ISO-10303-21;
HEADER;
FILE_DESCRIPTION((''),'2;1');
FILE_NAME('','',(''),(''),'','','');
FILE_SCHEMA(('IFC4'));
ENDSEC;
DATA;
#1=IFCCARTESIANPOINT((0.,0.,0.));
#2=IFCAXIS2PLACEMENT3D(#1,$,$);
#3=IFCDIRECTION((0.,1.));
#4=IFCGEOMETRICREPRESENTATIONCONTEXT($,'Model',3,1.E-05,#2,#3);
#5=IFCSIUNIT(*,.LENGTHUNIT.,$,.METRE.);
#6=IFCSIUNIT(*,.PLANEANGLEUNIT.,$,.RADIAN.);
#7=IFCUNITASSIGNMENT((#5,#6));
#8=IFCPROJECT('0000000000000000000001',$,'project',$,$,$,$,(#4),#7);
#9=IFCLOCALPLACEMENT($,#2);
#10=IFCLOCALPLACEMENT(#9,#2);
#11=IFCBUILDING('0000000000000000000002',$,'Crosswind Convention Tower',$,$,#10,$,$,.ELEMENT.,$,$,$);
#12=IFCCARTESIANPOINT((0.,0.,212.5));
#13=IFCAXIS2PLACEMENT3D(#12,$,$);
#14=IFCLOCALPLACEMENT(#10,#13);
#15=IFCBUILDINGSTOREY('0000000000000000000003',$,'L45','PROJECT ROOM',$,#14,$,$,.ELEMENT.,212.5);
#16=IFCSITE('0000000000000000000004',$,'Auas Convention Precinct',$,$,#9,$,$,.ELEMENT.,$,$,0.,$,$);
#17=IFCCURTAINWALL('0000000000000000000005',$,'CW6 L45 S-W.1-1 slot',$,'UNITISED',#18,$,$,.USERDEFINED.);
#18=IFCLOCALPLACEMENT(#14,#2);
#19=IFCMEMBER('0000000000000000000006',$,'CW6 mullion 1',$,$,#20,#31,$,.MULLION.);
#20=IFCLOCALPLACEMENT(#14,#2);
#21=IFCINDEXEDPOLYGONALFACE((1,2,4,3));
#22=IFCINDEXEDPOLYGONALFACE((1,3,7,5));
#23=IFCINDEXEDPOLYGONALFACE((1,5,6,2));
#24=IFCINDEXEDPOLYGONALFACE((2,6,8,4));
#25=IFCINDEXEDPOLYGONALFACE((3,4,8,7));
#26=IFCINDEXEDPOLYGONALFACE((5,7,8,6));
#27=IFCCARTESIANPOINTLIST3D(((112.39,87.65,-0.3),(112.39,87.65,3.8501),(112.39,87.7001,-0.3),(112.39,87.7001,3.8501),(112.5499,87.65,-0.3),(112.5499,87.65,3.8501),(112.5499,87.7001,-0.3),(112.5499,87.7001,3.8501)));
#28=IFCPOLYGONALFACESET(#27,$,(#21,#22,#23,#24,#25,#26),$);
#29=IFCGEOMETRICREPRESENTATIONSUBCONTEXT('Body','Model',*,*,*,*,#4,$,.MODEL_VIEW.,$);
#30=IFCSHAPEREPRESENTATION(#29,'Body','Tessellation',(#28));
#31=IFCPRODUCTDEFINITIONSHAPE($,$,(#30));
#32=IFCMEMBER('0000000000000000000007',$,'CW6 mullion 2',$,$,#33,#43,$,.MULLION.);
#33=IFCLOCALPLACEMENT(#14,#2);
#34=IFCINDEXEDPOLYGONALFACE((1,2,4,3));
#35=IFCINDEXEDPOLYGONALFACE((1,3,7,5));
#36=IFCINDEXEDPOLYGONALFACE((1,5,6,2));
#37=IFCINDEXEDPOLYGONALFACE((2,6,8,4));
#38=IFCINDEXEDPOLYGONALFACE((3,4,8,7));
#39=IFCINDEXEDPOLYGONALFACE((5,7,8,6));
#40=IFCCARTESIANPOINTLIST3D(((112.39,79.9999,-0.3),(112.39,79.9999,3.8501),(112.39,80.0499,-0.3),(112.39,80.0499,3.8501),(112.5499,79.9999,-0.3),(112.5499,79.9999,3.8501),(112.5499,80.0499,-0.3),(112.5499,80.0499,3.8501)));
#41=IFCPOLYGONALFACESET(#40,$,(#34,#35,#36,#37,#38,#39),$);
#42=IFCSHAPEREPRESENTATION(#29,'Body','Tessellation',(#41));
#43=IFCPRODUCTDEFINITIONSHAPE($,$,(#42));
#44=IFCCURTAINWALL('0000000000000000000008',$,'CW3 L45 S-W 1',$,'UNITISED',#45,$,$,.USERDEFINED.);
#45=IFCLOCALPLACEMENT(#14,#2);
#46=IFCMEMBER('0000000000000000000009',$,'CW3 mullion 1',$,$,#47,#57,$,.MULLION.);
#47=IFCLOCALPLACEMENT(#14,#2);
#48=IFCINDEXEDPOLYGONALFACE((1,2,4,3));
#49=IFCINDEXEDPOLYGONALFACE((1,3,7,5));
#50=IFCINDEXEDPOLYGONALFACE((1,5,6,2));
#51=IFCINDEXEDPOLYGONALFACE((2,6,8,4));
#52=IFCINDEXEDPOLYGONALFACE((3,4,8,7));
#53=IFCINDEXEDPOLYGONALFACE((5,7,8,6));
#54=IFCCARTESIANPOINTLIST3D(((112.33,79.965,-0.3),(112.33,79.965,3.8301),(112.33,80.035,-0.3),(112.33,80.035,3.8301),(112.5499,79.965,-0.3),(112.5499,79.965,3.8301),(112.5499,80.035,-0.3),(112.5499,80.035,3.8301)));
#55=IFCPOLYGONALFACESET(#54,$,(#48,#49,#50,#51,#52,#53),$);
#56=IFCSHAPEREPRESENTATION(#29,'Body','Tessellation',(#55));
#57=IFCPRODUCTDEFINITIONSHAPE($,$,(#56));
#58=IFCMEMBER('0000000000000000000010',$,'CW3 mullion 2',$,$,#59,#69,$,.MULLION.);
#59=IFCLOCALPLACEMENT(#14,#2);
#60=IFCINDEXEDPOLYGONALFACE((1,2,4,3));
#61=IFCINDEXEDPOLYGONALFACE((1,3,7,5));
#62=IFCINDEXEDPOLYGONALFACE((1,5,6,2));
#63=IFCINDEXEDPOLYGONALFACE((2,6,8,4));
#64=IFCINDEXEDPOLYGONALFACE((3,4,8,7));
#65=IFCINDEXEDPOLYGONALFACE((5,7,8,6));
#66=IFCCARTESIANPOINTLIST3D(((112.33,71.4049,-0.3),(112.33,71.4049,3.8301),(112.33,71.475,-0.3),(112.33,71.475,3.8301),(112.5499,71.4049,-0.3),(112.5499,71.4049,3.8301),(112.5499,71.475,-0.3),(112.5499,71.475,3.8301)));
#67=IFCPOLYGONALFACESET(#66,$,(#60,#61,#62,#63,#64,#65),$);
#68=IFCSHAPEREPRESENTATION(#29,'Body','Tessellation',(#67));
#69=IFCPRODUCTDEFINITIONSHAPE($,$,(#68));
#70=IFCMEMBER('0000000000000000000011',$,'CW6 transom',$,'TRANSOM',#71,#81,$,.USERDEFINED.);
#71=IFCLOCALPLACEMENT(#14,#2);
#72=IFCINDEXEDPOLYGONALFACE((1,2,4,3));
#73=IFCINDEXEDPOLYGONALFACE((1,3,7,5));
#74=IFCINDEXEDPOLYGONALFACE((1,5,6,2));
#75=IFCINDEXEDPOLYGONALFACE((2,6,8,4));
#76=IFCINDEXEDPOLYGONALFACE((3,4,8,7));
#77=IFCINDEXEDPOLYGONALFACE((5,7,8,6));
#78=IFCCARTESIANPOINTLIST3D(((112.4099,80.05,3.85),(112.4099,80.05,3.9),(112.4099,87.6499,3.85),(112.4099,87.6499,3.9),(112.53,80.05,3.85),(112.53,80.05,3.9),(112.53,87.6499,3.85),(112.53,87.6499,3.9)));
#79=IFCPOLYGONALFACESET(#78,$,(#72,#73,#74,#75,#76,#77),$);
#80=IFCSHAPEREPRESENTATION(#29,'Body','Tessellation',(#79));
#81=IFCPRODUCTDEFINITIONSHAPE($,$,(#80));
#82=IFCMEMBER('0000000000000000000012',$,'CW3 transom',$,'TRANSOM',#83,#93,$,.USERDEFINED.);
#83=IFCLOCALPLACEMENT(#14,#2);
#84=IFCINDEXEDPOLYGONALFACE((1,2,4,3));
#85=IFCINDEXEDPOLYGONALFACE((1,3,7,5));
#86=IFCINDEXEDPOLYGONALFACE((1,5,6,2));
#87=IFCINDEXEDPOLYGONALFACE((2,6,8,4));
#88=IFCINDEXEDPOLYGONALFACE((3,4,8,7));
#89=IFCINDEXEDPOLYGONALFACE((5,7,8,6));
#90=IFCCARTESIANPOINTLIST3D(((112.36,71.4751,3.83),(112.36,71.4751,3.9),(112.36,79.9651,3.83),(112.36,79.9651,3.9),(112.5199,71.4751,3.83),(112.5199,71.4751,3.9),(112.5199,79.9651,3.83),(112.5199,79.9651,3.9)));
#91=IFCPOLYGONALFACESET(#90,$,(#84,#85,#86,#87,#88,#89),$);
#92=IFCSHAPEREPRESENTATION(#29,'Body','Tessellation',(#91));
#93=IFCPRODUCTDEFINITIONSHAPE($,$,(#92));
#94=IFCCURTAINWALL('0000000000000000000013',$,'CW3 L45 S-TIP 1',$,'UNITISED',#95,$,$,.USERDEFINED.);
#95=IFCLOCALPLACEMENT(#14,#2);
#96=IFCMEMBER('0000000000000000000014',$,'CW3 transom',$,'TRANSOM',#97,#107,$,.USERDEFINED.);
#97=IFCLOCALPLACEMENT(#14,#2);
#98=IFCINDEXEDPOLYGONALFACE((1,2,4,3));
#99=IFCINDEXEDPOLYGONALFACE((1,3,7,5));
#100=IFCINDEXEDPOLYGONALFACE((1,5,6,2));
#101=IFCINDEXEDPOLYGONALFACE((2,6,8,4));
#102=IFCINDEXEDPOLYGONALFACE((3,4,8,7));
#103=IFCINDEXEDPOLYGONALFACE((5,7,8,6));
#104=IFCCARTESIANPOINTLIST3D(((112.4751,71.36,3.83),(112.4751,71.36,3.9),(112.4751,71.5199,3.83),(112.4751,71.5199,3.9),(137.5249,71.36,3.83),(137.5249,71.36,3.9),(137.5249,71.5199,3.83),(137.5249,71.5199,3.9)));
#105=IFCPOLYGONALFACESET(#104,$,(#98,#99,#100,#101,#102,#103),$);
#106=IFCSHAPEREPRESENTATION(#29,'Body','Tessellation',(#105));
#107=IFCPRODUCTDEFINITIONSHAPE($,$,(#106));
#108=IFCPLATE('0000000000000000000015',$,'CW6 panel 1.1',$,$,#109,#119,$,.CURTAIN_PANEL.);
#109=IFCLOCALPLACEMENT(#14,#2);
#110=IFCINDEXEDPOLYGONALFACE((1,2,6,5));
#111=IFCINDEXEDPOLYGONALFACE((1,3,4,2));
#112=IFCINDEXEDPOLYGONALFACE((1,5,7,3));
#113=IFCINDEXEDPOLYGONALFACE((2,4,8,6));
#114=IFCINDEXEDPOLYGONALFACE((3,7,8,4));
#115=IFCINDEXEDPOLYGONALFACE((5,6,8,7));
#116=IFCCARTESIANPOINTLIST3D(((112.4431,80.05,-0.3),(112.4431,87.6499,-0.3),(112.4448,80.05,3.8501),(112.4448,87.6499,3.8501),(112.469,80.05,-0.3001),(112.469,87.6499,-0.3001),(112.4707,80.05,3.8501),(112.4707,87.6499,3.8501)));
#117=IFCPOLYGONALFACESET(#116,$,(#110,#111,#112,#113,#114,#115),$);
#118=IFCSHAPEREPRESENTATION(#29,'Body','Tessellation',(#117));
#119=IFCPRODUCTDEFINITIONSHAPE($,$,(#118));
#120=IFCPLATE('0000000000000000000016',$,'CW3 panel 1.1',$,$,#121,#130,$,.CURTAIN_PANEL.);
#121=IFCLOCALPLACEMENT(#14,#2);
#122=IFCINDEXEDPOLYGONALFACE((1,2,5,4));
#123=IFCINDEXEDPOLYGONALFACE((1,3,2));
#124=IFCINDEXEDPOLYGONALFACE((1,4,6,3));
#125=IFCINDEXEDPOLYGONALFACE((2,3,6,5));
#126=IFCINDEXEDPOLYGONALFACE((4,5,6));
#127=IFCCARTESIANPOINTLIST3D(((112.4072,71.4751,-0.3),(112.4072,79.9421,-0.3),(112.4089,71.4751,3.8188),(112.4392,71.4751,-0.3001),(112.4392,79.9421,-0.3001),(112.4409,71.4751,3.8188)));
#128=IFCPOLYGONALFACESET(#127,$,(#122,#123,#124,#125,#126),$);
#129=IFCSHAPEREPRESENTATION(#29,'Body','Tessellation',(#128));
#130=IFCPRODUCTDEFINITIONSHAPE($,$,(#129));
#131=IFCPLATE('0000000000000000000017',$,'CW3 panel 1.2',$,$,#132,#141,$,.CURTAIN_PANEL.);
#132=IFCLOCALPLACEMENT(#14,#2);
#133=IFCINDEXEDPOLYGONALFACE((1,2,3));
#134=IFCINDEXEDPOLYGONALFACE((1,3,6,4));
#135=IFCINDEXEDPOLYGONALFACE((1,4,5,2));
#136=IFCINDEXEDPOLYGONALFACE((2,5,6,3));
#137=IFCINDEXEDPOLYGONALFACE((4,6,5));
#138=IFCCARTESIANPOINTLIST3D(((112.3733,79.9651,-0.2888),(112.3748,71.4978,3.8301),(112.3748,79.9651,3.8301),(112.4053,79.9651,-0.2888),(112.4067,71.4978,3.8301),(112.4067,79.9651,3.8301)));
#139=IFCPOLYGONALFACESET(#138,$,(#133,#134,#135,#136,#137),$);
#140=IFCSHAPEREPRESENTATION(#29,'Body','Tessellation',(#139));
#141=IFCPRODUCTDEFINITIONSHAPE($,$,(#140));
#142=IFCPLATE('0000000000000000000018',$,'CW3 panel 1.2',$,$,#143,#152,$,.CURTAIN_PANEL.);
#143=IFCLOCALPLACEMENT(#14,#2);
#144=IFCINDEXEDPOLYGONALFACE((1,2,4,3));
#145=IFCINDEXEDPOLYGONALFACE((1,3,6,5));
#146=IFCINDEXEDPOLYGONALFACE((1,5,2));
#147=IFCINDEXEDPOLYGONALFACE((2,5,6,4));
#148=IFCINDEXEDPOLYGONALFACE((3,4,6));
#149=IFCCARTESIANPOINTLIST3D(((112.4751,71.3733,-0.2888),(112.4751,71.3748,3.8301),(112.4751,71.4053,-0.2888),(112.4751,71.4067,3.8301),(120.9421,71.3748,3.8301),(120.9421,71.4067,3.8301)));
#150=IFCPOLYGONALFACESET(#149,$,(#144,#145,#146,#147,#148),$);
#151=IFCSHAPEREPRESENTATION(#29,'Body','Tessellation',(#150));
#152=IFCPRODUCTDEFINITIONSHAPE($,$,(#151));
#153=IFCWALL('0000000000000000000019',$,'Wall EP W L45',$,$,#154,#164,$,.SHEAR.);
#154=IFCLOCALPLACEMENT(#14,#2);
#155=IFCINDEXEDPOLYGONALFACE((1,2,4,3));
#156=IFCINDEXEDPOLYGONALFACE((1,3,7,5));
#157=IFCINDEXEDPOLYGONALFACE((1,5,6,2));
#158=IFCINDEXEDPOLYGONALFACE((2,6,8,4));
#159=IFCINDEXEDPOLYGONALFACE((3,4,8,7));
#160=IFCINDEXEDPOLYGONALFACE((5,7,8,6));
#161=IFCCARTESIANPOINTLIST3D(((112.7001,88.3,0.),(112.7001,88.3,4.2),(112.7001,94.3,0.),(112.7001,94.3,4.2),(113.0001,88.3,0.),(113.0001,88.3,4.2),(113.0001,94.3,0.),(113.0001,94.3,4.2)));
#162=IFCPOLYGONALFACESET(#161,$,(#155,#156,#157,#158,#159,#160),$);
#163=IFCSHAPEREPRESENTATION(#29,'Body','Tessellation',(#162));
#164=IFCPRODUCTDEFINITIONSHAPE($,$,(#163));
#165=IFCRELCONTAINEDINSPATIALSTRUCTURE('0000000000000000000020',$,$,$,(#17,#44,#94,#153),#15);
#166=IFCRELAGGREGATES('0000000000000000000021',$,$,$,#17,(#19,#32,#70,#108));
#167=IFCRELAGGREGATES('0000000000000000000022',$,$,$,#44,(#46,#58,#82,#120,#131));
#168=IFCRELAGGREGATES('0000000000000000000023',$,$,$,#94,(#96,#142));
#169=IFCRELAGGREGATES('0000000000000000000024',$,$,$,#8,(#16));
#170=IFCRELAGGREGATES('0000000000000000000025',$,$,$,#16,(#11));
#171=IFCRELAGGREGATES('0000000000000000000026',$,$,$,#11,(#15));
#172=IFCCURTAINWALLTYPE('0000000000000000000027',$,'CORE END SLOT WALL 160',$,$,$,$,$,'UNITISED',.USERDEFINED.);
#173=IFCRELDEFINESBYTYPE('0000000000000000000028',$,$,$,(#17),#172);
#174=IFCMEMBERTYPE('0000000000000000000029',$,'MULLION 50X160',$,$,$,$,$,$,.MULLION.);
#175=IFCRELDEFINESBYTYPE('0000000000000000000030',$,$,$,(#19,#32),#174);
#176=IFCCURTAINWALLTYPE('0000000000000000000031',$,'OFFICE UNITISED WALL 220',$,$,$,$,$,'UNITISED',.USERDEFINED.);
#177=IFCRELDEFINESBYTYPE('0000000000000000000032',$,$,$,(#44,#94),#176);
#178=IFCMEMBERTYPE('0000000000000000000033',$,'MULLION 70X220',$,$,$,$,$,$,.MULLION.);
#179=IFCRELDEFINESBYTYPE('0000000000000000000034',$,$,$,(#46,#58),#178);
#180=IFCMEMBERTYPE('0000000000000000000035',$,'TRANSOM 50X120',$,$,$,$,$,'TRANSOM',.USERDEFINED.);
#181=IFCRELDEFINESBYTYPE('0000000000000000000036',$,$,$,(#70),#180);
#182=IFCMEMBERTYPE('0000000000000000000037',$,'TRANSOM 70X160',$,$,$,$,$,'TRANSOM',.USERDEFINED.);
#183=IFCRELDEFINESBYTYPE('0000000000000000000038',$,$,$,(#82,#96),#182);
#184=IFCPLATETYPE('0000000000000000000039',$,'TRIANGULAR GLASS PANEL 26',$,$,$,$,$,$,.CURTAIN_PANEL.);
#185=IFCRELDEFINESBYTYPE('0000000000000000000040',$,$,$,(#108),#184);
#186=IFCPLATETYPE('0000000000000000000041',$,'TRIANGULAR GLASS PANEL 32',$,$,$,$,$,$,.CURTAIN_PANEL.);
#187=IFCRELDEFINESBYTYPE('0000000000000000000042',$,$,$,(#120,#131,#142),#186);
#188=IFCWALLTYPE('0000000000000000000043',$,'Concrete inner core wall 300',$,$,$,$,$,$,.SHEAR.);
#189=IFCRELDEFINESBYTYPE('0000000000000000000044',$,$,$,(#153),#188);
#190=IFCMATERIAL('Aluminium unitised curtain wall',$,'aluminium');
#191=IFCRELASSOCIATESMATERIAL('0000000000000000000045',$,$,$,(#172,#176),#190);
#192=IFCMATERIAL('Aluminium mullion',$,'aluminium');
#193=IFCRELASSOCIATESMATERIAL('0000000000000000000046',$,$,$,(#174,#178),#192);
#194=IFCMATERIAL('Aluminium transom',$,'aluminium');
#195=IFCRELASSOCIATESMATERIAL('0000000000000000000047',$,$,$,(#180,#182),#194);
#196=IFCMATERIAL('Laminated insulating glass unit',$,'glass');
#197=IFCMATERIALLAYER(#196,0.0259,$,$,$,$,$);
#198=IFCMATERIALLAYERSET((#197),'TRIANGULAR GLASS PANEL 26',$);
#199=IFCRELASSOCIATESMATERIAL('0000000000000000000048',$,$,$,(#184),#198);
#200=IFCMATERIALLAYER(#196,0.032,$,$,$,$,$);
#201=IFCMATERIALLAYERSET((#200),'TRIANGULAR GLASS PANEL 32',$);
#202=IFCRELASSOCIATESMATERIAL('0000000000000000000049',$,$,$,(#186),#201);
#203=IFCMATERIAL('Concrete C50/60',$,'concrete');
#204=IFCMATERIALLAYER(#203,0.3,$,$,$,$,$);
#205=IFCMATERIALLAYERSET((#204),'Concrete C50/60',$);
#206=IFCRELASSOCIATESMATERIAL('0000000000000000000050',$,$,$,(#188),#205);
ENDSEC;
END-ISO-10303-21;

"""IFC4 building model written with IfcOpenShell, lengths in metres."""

from ifc_helpers import new_model, si_unit, direction, frame, frame_2d, origin, origin_2d, place, context, subcontext, project, spatial, polyline, rectangle, outline, extrude, material, layer, layer_set, material_profile, profile_set, type_object, element, aggregate, save


model = new_model("IFC4")

# Units and contexts
model_context = context("Model", 3, precision=1e-05, world=origin(), true_north=direction((0.0, 1.0)))
body_context = subcontext(model_context, "Body", "Model", "MODEL_VIEW")
ifc_project = project(units=[si_unit("LENGTHUNIT", "METRE"), si_unit("PLANEANGLEUNIT", "RADIAN")], contexts=[model_context])

# Site, building, storey
site_placement = place(None, origin())
site = spatial("IfcSite", under=ifc_project, at=site_placement, Name="Auas Convention Precinct", CompositionType="ELEMENT", RefElevation=0.0)
building_placement = place(site_placement, origin())
building = spatial("IfcBuilding", under=site, at=building_placement, Name="Crosswind Convention Tower", CompositionType="ELEMENT")
storey_placement = place(building_placement, frame((0.0, 0.0, 212.5)))
storey = spatial("IfcBuildingStorey", under=building, at=storey_placement, Name="L45", Description="PROJECT ROOM", CompositionType="ELEMENT", Elevation=212.5)

# Curtain walls, members
ifc_material_1 = material(Name="Aluminium unitised curtain wall", Category="aluminium")
curtain_wall_type_1 = type_object("IfcCurtainWallType", Name="CORE END SLOT WALL 160", ElementType="UNITISED", PredefinedType="USERDEFINED", material=ifc_material_1)
curtain_wall_1_placement = place(storey_placement, origin())
curtain_wall_1 = element("IfcCurtainWall", 1, at=curtain_wall_1_placement, inside=storey, type_object=curtain_wall_type_1, Name="CW6 L45 S-W.1-1 slot", ObjectType="UNITISED", PredefinedType="USERDEFINED")
ifc_material_2 = material(Name="Aluminium mullion", Category="aluminium")
ifc_material_profile_1 = material_profile(ifc_material_2, rectangle(XDim=0.1599, YDim=0.05, at=origin_2d()), Name="AL 160X50")
ifc_profile_set_1 = profile_set([ifc_material_profile_1], Name="Aluminium mullion")
member_type_1 = type_object("IfcMemberType", Name="MULLION 50X160", PredefinedType="MULLION", material=ifc_profile_set_1)
member_1_placement = place(storey_placement, frame((112.47, 87.675, -0.3), z_axis=(0.0, 0.0, 1.0), x_axis=(-1.0, 0.0, 0.0)))
member_1 = element("IfcMember", 2, at=member_1_placement, type_object=member_type_1, Name="CW6 mullion 1", PredefinedType="MULLION", context=body_context, shape_type="SweptSolid", body=[
    extrude(rectangle(XDim=0.1599, YDim=0.05, at=origin_2d()), origin(), (0.0, 0.0, 1.0), 4.1501),
])
member_2_placement = place(storey_placement, frame((112.47, 80.0249, -0.3), z_axis=(0.0, 0.0, 1.0), x_axis=(-1.0, 0.0, 0.0)))
member_2 = element("IfcMember", 3, at=member_2_placement, type_object=member_type_1, Name="CW6 mullion 2", PredefinedType="MULLION", context=body_context, shape_type="SweptSolid", body=[
    extrude(rectangle(XDim=0.1599, YDim=0.05, at=origin_2d()), origin(), (0.0, 0.0, 1.0), 4.1501),
])
curtain_wall_type_2 = type_object("IfcCurtainWallType", Name="OFFICE UNITISED WALL 220", ElementType="UNITISED", PredefinedType="USERDEFINED", material=ifc_material_1)
curtain_wall_2_placement = place(storey_placement, origin())
curtain_wall_2 = element("IfcCurtainWall", 4, at=curtain_wall_2_placement, inside=storey, type_object=curtain_wall_type_2, Name="CW3 L45 S-W 1", ObjectType="UNITISED", PredefinedType="USERDEFINED")
ifc_material_profile_2 = material_profile(ifc_material_2, rectangle(XDim=0.22, YDim=0.0701, at=origin_2d()), Name="AL 220X70")
ifc_profile_set_2 = profile_set([ifc_material_profile_2], Name="Aluminium mullion")
member_type_2 = type_object("IfcMemberType", Name="MULLION 70X220", PredefinedType="MULLION", material=ifc_profile_set_2)
member_3_placement = place(storey_placement, frame((112.4399, 80.0, -0.3), z_axis=(0.0, 0.0, 1.0), x_axis=(-1.0, 0.0, 0.0)))
member_3 = element("IfcMember", 5, at=member_3_placement, type_object=member_type_2, Name="CW3 mullion 1", PredefinedType="MULLION", context=body_context, shape_type="SweptSolid", body=[
    extrude(rectangle(XDim=0.22, YDim=0.0701, at=origin_2d()), origin(), (0.0, 0.0, 1.0), 4.1301),
])
member_4_placement = place(storey_placement, frame((112.4399, 71.4399, -0.3), z_axis=(0.0, 0.0, 1.0), x_axis=(-1.0, 0.0, 0.0)))
member_4 = element("IfcMember", 6, at=member_4_placement, type_object=member_type_2, Name="CW3 mullion 2", PredefinedType="MULLION", context=body_context, shape_type="SweptSolid", body=[
    extrude(rectangle(XDim=0.22, YDim=0.0701, at=origin_2d()), origin(), (0.0, 0.0, 1.0), 4.1301),
])

# Members
ifc_material_3 = material(Name="Aluminium transom", Category="aluminium")
ifc_material_profile_3 = material_profile(ifc_material_3, rectangle(XDim=0.1201, YDim=0.05, at=origin_2d()), Name="AL 120X50")
ifc_profile_set_3 = profile_set([ifc_material_profile_3], Name="Aluminium transom")
member_type_3 = type_object("IfcMemberType", Name="TRANSOM 50X120", ElementType="TRANSOM", PredefinedType="USERDEFINED", material=ifc_profile_set_3)
member_5_placement = place(storey_placement, frame((112.47, 87.6499, 3.875), z_axis=(0.0, -1.0, 0.0), x_axis=(1.0, 0.0, 0.0)))
member_5 = element("IfcMember", 7, at=member_5_placement, type_object=member_type_3, Name="CW6 transom", ObjectType="TRANSOM", PredefinedType="USERDEFINED", context=body_context, shape_type="SweptSolid", body=[
    extrude(rectangle(XDim=0.1201, YDim=0.05, at=origin_2d()), origin(), (0.0, 0.0, 1.0), 7.5999),
])
ifc_material_profile_4 = material_profile(ifc_material_3, rectangle(XDim=0.1599, YDim=0.0701, at=origin_2d()), Name="AL 160X70")
ifc_profile_set_4 = profile_set([ifc_material_profile_4], Name="Aluminium transom")
member_type_4 = type_object("IfcMemberType", Name="TRANSOM 70X160", ElementType="TRANSOM", PredefinedType="USERDEFINED", material=ifc_profile_set_4)
member_6_placement = place(storey_placement, frame((112.4399, 79.9651, 3.865), z_axis=(0.0, -1.0, 0.0), x_axis=(1.0, 0.0, 0.0)))
member_6 = element("IfcMember", 8, at=member_6_placement, type_object=member_type_4, Name="CW3 transom", ObjectType="TRANSOM", PredefinedType="USERDEFINED", context=body_context, shape_type="SweptSolid", body=[
    extrude(rectangle(XDim=0.1599, YDim=0.0701, at=origin_2d()), origin(), (0.0, 0.0, 1.0), 8.49),
])

# Curtain wall, member
curtain_wall_3_placement = place(storey_placement, origin())
curtain_wall_3 = element("IfcCurtainWall", 9, at=curtain_wall_3_placement, inside=storey, type_object=curtain_wall_type_2, Name="CW3 L45 S-TIP 1", ObjectType="UNITISED", PredefinedType="USERDEFINED")
member_7_placement = place(storey_placement, frame((112.4751, 71.4399, 3.865), z_axis=(1.0, 0.0, 0.0), x_axis=(0.0, 1.0, 0.0)))
member_7 = element("IfcMember", 10, at=member_7_placement, type_object=member_type_4, Name="CW3 transom", ObjectType="TRANSOM", PredefinedType="USERDEFINED", context=body_context, shape_type="SweptSolid", body=[
    extrude(rectangle(XDim=0.1599, YDim=0.0701, at=origin_2d()), origin(), (0.0, 0.0, 1.0), 25.0498),
])

# Plates
ifc_material_4 = material(Name="Laminated insulating glass unit", Category="glass")
ifc_layer_1 = layer(ifc_material_4, 0.0259)
ifc_layer_set_1 = layer_set([ifc_layer_1], Name="TRIANGULAR GLASS PANEL 26")
plate_type_1 = type_object("IfcPlateType", Name="TRIANGULAR GLASS PANEL 26", PredefinedType="CURTAIN_PANEL", material=ifc_layer_set_1)
plate_1_placement = place(storey_placement, frame((112.4431, 87.6499, -0.3), z_axis=(-1.0, 0.0, 0.000412), x_axis=(0.0, -1.0, 0.0)))
plate_1 = element("IfcPlate", 11, at=plate_1_placement, type_object=plate_type_1, Name="CW6 panel 1.1", PredefinedType="CURTAIN_PANEL", context=body_context, shape_type="SweptSolid", body=[
    extrude(outline(polyline([(0.0, 0.0), (7.5999, 0.0), (7.5999, 4.1501), (0.0, 4.1501), (0.0, 0.0)])), origin(), (0.0, 0.0, -1.0), 0.0259),
])
aggregate(curtain_wall_1, [member_1, member_2, member_5, plate_1])
ifc_layer_2 = layer(ifc_material_4, 0.032)
ifc_layer_set_2 = layer_set([ifc_layer_2], Name="TRIANGULAR GLASS PANEL 32")
plate_type_2 = type_object("IfcPlateType", Name="TRIANGULAR GLASS PANEL 32", PredefinedType="CURTAIN_PANEL", material=ifc_layer_set_2)
plate_2_placement = place(storey_placement, frame((112.4072, 71.4751, -0.3), z_axis=(-1.0, 0.0, 0.000415), x_axis=(0.000415, 0.0, 1.0)))
plate_2 = element("IfcPlate", 12, at=plate_2_placement, type_object=plate_type_2, Name="CW3 panel 1.1", PredefinedType="CURTAIN_PANEL", context=body_context, shape_type="SweptSolid", body=[
    extrude(outline(polyline([(0.0, 0.0), (4.1189, 0.0), (0.0, 8.467), (0.0, 0.0)])), origin(), (0.0, 0.0, -1.0), 0.032),
])
plate_3_placement = place(storey_placement, frame((112.3748, 79.9651, 3.8301), z_axis=(-1.0, 0.0, 0.000356), x_axis=(-0.000356, 0.0, -1.0)))
plate_3 = element("IfcPlate", 13, at=plate_3_placement, type_object=plate_type_2, Name="CW3 panel 1.2", PredefinedType="CURTAIN_PANEL", context=body_context, shape_type="SweptSolid", body=[
    extrude(outline(polyline([(0.0, 0.0), (4.1189, 0.0), (0.0, 8.4673), (0.0, 0.0)])), origin(), (0.0, 0.0, -1.0), 0.032),
])
plate_4_placement = place(storey_placement, frame((112.4751, 71.3748, 3.8301), z_axis=(0.0, -1.0, 0.000356), x_axis=(0.0, -0.000356, -1.0)))
plate_4 = element("IfcPlate", 14, at=plate_4_placement, type_object=plate_type_2, Name="CW3 panel 1.2", PredefinedType="CURTAIN_PANEL", context=body_context, shape_type="SweptSolid", body=[
    extrude(outline(polyline([(0.0, 0.0), (4.1189, 0.0), (0.0, 8.467), (0.0, 0.0)])), origin(), (0.0, 0.0, -1.0), 0.032),
])

# Wall
ifc_material_5 = material(Name="Concrete C50/60", Category="concrete")
ifc_layer_3 = layer(ifc_material_5, 0.3)
ifc_layer_set_3 = layer_set([ifc_layer_3], Name="Concrete C50/60")
wall_type_1 = type_object("IfcWallType", Name="Concrete inner core wall 300", PredefinedType="SHEAR", material=ifc_layer_set_3)
wall_1_placement = place(storey_placement, frame((112.8501, 94.3, 0.0), z_axis=(0.0, 0.0, 1.0), x_axis=(0.0, -1.0, 0.0)))
element("IfcWall", 15, at=wall_1_placement, inside=storey, type_object=wall_type_1, Name="Wall EP W L45", PredefinedType="SHEAR", context=body_context, shape_type="SweptSolid", body=[
    extrude(rectangle(XDim=6.0, YDim=0.3, at=frame_2d((3.0, 0.0))), origin(), (0.0, 0.0, 1.0), 4.2),
])

aggregate(curtain_wall_2, [member_3, member_4, member_6, plate_2, plate_3])
aggregate(curtain_wall_3, [member_7, plate_4])

save(model, "model.ifc")
